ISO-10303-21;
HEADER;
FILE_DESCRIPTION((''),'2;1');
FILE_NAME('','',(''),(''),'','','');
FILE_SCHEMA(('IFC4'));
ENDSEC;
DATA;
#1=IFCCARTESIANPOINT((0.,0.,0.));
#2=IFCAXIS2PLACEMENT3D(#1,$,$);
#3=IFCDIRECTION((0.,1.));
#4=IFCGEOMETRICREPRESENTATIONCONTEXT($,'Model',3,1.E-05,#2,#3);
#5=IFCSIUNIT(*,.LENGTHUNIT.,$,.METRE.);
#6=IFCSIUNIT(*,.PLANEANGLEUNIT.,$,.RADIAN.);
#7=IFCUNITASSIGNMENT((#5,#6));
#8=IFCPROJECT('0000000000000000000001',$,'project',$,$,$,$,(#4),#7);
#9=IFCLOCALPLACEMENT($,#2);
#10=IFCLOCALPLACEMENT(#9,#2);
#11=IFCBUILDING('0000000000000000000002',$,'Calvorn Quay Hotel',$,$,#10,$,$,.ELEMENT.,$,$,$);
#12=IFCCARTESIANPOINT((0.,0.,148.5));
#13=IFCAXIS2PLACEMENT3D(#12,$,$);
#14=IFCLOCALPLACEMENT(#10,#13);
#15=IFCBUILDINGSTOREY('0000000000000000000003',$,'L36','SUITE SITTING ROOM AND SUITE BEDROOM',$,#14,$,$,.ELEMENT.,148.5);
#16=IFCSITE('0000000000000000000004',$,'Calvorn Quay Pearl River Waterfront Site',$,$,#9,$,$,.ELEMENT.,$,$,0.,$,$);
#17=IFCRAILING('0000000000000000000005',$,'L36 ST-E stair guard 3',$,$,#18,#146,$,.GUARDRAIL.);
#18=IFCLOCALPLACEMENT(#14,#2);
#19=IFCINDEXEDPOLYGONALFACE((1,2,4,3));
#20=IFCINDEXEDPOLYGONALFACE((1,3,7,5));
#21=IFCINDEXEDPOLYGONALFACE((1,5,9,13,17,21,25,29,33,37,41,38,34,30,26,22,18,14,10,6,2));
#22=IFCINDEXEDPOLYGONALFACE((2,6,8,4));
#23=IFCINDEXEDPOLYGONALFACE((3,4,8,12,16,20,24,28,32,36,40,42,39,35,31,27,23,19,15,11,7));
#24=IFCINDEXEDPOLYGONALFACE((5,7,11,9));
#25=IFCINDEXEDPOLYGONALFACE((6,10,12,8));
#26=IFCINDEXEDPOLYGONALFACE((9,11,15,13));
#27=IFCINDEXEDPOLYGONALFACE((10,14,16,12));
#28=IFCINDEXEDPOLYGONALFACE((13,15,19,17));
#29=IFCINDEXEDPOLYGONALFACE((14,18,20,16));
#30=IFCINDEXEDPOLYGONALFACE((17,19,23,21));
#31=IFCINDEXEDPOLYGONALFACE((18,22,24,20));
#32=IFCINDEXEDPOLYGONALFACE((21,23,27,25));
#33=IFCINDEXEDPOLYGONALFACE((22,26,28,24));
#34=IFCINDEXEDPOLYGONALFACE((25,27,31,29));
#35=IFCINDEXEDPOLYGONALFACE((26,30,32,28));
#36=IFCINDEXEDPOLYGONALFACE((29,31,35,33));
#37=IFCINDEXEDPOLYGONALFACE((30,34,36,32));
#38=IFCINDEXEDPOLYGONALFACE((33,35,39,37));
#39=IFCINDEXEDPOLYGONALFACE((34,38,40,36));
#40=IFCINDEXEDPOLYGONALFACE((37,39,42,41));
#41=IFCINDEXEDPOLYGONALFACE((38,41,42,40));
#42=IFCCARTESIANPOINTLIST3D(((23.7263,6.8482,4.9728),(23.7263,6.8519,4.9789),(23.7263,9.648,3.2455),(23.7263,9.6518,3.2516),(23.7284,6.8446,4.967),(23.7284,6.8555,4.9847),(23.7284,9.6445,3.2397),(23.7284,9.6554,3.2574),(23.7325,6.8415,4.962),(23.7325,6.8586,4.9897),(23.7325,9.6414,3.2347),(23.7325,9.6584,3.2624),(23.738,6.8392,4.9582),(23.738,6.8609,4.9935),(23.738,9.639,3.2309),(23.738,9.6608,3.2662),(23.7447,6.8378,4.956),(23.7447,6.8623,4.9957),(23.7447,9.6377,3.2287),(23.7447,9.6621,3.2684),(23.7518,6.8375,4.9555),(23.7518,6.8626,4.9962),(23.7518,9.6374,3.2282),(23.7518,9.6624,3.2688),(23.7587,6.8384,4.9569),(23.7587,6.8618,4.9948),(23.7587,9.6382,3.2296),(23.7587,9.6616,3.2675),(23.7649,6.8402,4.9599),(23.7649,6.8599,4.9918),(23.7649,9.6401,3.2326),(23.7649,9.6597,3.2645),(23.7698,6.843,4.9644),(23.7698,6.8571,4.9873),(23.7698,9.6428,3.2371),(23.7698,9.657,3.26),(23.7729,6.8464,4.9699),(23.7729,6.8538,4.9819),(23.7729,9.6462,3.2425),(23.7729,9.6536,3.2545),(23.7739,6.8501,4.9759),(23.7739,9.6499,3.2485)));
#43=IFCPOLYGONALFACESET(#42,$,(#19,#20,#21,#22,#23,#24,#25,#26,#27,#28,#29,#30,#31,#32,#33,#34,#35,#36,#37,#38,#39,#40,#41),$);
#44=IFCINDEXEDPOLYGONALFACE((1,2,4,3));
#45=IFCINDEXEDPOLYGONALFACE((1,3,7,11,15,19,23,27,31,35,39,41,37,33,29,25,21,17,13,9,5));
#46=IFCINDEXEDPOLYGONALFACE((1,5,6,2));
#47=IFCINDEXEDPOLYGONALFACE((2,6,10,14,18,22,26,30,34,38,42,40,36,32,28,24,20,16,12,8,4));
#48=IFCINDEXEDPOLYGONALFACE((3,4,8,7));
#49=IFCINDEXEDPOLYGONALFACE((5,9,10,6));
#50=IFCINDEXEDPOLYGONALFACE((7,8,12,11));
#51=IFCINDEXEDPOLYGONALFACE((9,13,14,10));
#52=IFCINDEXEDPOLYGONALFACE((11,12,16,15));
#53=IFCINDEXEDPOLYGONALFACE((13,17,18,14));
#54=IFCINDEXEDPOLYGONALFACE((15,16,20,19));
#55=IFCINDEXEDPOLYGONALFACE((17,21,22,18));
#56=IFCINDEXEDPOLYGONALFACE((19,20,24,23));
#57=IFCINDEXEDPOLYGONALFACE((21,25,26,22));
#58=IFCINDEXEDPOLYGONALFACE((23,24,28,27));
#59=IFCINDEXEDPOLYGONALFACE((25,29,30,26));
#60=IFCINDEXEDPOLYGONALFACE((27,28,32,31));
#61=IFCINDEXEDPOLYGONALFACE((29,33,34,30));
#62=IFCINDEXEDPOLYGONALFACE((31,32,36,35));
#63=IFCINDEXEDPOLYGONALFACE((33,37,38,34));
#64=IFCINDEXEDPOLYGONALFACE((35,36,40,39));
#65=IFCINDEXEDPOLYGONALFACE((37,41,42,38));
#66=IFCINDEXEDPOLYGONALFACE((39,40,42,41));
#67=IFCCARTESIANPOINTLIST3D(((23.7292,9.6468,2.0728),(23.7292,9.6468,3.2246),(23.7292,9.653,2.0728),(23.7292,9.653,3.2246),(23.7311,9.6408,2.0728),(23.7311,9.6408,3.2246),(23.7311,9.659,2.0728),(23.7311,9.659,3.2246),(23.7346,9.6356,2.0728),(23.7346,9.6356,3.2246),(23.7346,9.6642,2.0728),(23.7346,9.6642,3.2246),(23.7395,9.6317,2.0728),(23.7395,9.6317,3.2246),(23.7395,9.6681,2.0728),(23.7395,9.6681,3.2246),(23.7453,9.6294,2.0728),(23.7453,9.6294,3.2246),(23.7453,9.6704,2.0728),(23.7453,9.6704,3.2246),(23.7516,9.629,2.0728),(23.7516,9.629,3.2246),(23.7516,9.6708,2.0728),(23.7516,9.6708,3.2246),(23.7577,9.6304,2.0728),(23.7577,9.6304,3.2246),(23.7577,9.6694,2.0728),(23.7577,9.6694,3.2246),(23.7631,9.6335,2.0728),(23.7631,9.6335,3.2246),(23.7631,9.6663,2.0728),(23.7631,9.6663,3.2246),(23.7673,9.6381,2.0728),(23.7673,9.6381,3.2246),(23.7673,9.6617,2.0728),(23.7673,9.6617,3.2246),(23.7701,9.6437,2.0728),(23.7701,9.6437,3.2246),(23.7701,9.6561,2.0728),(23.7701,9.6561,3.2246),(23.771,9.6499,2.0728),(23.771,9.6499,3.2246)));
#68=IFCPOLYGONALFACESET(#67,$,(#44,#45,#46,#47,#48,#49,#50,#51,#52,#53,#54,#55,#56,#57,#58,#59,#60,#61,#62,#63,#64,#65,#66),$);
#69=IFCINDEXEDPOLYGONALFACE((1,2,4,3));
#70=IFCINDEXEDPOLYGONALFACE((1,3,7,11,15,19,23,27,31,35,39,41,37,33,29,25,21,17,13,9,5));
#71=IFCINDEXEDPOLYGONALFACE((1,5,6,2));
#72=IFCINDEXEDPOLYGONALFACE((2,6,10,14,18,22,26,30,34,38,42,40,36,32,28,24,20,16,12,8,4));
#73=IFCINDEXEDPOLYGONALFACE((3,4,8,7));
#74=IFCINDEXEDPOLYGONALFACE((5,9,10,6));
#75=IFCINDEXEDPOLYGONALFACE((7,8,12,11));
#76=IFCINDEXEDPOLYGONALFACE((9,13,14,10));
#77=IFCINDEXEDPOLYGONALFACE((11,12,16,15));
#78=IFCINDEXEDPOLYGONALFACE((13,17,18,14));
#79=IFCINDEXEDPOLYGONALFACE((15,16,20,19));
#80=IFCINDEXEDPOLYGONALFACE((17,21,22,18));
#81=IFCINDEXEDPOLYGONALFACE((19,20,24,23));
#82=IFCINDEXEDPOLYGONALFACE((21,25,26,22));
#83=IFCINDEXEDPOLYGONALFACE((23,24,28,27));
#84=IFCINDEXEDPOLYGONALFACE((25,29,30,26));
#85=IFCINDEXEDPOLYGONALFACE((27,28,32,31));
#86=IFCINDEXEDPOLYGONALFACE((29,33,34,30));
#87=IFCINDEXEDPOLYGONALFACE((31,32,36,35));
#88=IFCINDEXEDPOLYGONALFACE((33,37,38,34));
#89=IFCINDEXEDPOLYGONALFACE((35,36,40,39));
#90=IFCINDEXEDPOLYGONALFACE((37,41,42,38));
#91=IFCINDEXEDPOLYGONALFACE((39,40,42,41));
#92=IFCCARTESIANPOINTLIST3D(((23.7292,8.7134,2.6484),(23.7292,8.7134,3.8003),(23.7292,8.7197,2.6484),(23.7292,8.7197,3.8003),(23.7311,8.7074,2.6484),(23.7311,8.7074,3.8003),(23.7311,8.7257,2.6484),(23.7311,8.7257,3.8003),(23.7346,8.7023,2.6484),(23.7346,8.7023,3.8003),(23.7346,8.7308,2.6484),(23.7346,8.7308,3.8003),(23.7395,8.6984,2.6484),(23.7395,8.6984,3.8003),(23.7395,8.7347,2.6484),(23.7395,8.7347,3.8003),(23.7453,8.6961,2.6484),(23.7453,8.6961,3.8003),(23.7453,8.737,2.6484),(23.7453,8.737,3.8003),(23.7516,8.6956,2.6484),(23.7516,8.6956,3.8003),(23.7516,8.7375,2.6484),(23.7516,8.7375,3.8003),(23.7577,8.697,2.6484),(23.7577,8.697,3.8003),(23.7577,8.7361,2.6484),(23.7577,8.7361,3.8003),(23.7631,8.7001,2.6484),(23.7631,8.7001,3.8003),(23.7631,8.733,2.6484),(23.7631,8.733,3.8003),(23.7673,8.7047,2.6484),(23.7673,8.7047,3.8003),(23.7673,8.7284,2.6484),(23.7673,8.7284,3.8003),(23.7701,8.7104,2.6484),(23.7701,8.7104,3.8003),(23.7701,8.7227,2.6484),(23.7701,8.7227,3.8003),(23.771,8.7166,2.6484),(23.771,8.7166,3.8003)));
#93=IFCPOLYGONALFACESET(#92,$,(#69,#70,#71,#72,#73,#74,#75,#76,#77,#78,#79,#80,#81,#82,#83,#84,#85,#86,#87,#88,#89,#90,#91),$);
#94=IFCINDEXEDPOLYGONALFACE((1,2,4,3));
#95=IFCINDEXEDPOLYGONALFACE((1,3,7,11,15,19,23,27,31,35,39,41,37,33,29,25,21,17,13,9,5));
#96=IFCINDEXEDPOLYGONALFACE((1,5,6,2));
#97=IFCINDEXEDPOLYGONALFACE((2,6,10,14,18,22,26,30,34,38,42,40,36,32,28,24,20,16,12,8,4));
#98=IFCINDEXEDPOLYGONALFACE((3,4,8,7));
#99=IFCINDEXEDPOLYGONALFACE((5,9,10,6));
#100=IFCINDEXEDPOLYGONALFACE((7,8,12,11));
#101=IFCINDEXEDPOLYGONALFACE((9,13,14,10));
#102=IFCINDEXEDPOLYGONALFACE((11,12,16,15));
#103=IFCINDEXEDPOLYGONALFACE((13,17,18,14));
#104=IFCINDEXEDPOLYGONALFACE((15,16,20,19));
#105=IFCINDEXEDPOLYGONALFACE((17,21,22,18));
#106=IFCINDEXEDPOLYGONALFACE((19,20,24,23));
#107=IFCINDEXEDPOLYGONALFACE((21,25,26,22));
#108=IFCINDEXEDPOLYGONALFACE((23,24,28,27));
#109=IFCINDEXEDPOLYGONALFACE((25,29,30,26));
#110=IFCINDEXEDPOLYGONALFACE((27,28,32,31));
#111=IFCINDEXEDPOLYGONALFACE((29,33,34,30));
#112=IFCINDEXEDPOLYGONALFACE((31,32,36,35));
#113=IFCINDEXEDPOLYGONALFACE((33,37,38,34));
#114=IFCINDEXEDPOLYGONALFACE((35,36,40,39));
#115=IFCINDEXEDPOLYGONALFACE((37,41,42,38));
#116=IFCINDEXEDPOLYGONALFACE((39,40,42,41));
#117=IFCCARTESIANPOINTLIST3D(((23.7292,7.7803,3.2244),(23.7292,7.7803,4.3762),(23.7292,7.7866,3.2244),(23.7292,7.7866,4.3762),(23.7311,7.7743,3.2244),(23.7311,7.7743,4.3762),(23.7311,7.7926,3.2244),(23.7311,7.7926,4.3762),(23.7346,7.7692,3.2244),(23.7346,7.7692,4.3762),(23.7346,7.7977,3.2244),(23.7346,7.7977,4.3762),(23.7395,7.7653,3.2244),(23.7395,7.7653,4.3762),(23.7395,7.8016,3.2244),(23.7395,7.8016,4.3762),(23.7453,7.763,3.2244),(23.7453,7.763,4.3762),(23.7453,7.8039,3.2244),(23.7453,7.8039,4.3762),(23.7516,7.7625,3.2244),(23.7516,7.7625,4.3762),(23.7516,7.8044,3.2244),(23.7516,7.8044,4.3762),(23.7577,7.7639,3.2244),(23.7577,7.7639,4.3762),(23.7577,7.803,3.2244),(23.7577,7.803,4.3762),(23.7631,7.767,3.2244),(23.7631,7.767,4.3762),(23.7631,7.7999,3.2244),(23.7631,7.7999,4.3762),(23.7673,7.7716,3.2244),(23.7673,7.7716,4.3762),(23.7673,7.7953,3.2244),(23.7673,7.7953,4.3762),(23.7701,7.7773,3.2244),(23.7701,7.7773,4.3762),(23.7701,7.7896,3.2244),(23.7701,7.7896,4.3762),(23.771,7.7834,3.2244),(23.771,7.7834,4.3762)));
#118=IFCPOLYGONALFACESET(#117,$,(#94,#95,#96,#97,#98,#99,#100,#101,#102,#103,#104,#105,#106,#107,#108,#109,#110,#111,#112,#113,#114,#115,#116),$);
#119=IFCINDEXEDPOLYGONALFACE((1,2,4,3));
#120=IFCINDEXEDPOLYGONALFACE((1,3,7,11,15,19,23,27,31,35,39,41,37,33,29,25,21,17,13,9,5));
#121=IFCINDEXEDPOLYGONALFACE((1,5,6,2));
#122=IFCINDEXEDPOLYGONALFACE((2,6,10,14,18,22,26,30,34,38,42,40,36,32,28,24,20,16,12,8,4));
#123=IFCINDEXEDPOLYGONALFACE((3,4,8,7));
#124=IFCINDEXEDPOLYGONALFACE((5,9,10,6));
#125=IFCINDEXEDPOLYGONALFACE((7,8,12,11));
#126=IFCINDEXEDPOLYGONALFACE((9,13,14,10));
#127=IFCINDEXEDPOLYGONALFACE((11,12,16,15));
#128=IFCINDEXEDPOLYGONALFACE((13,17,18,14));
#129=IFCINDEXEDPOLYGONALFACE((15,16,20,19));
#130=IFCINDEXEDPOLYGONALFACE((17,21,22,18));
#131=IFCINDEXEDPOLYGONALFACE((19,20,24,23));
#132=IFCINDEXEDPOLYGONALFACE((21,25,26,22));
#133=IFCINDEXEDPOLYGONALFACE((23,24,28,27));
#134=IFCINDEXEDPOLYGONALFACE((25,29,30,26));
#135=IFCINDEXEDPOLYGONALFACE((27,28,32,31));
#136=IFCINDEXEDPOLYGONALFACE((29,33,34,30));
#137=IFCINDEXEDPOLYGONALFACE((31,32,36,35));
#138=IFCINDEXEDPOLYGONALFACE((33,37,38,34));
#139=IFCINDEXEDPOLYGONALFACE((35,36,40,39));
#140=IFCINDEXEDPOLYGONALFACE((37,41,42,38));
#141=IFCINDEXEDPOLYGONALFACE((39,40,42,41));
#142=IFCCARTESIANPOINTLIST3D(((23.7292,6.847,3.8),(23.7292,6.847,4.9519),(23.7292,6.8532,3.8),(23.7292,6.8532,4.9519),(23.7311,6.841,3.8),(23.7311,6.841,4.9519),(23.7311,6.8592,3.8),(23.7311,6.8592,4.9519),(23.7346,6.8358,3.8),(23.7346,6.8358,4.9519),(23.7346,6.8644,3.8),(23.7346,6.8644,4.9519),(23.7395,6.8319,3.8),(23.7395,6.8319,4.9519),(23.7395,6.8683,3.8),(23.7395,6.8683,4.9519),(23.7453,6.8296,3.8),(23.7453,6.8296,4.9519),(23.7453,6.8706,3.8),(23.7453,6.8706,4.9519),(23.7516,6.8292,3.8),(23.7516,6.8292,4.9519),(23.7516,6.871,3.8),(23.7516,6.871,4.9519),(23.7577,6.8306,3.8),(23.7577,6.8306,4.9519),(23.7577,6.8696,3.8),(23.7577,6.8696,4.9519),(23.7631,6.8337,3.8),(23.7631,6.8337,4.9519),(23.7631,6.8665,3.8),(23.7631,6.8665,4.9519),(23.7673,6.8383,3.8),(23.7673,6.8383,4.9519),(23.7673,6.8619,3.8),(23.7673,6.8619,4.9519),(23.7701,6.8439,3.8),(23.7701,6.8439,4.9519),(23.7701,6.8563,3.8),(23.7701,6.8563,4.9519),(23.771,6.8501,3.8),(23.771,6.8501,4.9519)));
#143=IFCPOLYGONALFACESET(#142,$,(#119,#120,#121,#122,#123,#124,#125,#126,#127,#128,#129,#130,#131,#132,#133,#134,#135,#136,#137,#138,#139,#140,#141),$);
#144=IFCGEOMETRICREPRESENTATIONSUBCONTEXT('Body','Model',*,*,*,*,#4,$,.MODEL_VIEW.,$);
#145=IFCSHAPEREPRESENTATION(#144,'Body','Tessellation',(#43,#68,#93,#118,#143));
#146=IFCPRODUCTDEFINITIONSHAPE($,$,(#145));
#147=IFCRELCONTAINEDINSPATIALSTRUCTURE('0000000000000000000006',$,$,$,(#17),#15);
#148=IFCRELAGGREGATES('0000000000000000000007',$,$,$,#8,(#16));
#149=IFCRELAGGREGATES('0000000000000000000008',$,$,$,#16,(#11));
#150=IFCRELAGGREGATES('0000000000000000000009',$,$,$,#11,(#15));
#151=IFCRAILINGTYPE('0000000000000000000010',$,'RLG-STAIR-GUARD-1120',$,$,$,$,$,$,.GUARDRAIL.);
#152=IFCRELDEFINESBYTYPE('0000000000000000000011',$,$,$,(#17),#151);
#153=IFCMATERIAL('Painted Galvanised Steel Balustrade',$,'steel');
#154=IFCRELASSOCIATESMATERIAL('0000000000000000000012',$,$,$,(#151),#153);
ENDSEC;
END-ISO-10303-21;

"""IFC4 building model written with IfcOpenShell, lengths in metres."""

from ifc_helpers import new_model, si_unit, direction, frame, origin, origin_2d, place, context, subcontext, project, spatial, circle, extrude, material, type_object, element, save


model = new_model("IFC4")

# Units and contexts
model_context = context("Model", 3, precision=1e-05, world=origin(), true_north=direction((0.0, 1.0)))
body_context = subcontext(model_context, "Body", "Model", "MODEL_VIEW")
ifc_project = project(units=[si_unit("LENGTHUNIT", "METRE"), si_unit("PLANEANGLEUNIT", "RADIAN")], contexts=[model_context])

# Site, building, storey
site_placement = place(None, origin())
site = spatial("IfcSite", under=ifc_project, at=site_placement, Name="Calvorn Quay Pearl River Waterfront Site", CompositionType="ELEMENT", RefElevation=0.0)
building_placement = place(site_placement, origin())
building = spatial("IfcBuilding", under=site, at=building_placement, Name="Calvorn Quay Hotel", CompositionType="ELEMENT")
storey_placement = place(building_placement, frame((0.0, 0.0, 148.5)))
storey = spatial("IfcBuildingStorey", under=building, at=storey_placement, Name="L36", Description="SUITE SITTING ROOM AND SUITE BEDROOM", CompositionType="ELEMENT", Elevation=148.5)

# Railing
ifc_material_1 = material(Name="Painted Galvanised Steel Balustrade", Category="steel")
railing_type_1 = type_object("IfcRailingType", Name="RLG-STAIR-GUARD-1120", PredefinedType="GUARDRAIL", material=ifc_material_1)
railing_1_placement = place(storey_placement, frame((23.75, 9.6499, 2.0728)))
element("IfcRailing", 1, at=railing_1_placement, inside=storey, type_object=railing_type_1, Name="L36 ST-E stair guard 3", PredefinedType="GUARDRAIL", context=body_context, shape_type="SweptSolid", body=[
    extrude(circle(Radius=0.0239, at=origin_2d()), frame((0.0, 0.0, 1.1758), z_axis=(0.0, -0.851069, 0.525054), x_axis=(1.0, 0.0, 0.0)), (0.0, 0.0, 1.0), 3.2898),
    extrude(circle(Radius=0.021, at=origin_2d()), origin(), (0.0, 0.0, 1.0), 1.1519),
    extrude(circle(Radius=0.021, at=origin_2d()), frame((0.0, -0.9333, 0.5757)), (0.0, 0.0, 1.0), 1.1519),
    extrude(circle(Radius=0.021, at=origin_2d()), frame((0.0, -1.8665, 1.1516)), (0.0, 0.0, 1.0), 1.1519),
    extrude(circle(Radius=0.021, at=origin_2d()), frame((0.0, -2.7998, 1.7273)), (0.0, 0.0, 1.0), 1.1519),
])

save(model, "model.ifc")
